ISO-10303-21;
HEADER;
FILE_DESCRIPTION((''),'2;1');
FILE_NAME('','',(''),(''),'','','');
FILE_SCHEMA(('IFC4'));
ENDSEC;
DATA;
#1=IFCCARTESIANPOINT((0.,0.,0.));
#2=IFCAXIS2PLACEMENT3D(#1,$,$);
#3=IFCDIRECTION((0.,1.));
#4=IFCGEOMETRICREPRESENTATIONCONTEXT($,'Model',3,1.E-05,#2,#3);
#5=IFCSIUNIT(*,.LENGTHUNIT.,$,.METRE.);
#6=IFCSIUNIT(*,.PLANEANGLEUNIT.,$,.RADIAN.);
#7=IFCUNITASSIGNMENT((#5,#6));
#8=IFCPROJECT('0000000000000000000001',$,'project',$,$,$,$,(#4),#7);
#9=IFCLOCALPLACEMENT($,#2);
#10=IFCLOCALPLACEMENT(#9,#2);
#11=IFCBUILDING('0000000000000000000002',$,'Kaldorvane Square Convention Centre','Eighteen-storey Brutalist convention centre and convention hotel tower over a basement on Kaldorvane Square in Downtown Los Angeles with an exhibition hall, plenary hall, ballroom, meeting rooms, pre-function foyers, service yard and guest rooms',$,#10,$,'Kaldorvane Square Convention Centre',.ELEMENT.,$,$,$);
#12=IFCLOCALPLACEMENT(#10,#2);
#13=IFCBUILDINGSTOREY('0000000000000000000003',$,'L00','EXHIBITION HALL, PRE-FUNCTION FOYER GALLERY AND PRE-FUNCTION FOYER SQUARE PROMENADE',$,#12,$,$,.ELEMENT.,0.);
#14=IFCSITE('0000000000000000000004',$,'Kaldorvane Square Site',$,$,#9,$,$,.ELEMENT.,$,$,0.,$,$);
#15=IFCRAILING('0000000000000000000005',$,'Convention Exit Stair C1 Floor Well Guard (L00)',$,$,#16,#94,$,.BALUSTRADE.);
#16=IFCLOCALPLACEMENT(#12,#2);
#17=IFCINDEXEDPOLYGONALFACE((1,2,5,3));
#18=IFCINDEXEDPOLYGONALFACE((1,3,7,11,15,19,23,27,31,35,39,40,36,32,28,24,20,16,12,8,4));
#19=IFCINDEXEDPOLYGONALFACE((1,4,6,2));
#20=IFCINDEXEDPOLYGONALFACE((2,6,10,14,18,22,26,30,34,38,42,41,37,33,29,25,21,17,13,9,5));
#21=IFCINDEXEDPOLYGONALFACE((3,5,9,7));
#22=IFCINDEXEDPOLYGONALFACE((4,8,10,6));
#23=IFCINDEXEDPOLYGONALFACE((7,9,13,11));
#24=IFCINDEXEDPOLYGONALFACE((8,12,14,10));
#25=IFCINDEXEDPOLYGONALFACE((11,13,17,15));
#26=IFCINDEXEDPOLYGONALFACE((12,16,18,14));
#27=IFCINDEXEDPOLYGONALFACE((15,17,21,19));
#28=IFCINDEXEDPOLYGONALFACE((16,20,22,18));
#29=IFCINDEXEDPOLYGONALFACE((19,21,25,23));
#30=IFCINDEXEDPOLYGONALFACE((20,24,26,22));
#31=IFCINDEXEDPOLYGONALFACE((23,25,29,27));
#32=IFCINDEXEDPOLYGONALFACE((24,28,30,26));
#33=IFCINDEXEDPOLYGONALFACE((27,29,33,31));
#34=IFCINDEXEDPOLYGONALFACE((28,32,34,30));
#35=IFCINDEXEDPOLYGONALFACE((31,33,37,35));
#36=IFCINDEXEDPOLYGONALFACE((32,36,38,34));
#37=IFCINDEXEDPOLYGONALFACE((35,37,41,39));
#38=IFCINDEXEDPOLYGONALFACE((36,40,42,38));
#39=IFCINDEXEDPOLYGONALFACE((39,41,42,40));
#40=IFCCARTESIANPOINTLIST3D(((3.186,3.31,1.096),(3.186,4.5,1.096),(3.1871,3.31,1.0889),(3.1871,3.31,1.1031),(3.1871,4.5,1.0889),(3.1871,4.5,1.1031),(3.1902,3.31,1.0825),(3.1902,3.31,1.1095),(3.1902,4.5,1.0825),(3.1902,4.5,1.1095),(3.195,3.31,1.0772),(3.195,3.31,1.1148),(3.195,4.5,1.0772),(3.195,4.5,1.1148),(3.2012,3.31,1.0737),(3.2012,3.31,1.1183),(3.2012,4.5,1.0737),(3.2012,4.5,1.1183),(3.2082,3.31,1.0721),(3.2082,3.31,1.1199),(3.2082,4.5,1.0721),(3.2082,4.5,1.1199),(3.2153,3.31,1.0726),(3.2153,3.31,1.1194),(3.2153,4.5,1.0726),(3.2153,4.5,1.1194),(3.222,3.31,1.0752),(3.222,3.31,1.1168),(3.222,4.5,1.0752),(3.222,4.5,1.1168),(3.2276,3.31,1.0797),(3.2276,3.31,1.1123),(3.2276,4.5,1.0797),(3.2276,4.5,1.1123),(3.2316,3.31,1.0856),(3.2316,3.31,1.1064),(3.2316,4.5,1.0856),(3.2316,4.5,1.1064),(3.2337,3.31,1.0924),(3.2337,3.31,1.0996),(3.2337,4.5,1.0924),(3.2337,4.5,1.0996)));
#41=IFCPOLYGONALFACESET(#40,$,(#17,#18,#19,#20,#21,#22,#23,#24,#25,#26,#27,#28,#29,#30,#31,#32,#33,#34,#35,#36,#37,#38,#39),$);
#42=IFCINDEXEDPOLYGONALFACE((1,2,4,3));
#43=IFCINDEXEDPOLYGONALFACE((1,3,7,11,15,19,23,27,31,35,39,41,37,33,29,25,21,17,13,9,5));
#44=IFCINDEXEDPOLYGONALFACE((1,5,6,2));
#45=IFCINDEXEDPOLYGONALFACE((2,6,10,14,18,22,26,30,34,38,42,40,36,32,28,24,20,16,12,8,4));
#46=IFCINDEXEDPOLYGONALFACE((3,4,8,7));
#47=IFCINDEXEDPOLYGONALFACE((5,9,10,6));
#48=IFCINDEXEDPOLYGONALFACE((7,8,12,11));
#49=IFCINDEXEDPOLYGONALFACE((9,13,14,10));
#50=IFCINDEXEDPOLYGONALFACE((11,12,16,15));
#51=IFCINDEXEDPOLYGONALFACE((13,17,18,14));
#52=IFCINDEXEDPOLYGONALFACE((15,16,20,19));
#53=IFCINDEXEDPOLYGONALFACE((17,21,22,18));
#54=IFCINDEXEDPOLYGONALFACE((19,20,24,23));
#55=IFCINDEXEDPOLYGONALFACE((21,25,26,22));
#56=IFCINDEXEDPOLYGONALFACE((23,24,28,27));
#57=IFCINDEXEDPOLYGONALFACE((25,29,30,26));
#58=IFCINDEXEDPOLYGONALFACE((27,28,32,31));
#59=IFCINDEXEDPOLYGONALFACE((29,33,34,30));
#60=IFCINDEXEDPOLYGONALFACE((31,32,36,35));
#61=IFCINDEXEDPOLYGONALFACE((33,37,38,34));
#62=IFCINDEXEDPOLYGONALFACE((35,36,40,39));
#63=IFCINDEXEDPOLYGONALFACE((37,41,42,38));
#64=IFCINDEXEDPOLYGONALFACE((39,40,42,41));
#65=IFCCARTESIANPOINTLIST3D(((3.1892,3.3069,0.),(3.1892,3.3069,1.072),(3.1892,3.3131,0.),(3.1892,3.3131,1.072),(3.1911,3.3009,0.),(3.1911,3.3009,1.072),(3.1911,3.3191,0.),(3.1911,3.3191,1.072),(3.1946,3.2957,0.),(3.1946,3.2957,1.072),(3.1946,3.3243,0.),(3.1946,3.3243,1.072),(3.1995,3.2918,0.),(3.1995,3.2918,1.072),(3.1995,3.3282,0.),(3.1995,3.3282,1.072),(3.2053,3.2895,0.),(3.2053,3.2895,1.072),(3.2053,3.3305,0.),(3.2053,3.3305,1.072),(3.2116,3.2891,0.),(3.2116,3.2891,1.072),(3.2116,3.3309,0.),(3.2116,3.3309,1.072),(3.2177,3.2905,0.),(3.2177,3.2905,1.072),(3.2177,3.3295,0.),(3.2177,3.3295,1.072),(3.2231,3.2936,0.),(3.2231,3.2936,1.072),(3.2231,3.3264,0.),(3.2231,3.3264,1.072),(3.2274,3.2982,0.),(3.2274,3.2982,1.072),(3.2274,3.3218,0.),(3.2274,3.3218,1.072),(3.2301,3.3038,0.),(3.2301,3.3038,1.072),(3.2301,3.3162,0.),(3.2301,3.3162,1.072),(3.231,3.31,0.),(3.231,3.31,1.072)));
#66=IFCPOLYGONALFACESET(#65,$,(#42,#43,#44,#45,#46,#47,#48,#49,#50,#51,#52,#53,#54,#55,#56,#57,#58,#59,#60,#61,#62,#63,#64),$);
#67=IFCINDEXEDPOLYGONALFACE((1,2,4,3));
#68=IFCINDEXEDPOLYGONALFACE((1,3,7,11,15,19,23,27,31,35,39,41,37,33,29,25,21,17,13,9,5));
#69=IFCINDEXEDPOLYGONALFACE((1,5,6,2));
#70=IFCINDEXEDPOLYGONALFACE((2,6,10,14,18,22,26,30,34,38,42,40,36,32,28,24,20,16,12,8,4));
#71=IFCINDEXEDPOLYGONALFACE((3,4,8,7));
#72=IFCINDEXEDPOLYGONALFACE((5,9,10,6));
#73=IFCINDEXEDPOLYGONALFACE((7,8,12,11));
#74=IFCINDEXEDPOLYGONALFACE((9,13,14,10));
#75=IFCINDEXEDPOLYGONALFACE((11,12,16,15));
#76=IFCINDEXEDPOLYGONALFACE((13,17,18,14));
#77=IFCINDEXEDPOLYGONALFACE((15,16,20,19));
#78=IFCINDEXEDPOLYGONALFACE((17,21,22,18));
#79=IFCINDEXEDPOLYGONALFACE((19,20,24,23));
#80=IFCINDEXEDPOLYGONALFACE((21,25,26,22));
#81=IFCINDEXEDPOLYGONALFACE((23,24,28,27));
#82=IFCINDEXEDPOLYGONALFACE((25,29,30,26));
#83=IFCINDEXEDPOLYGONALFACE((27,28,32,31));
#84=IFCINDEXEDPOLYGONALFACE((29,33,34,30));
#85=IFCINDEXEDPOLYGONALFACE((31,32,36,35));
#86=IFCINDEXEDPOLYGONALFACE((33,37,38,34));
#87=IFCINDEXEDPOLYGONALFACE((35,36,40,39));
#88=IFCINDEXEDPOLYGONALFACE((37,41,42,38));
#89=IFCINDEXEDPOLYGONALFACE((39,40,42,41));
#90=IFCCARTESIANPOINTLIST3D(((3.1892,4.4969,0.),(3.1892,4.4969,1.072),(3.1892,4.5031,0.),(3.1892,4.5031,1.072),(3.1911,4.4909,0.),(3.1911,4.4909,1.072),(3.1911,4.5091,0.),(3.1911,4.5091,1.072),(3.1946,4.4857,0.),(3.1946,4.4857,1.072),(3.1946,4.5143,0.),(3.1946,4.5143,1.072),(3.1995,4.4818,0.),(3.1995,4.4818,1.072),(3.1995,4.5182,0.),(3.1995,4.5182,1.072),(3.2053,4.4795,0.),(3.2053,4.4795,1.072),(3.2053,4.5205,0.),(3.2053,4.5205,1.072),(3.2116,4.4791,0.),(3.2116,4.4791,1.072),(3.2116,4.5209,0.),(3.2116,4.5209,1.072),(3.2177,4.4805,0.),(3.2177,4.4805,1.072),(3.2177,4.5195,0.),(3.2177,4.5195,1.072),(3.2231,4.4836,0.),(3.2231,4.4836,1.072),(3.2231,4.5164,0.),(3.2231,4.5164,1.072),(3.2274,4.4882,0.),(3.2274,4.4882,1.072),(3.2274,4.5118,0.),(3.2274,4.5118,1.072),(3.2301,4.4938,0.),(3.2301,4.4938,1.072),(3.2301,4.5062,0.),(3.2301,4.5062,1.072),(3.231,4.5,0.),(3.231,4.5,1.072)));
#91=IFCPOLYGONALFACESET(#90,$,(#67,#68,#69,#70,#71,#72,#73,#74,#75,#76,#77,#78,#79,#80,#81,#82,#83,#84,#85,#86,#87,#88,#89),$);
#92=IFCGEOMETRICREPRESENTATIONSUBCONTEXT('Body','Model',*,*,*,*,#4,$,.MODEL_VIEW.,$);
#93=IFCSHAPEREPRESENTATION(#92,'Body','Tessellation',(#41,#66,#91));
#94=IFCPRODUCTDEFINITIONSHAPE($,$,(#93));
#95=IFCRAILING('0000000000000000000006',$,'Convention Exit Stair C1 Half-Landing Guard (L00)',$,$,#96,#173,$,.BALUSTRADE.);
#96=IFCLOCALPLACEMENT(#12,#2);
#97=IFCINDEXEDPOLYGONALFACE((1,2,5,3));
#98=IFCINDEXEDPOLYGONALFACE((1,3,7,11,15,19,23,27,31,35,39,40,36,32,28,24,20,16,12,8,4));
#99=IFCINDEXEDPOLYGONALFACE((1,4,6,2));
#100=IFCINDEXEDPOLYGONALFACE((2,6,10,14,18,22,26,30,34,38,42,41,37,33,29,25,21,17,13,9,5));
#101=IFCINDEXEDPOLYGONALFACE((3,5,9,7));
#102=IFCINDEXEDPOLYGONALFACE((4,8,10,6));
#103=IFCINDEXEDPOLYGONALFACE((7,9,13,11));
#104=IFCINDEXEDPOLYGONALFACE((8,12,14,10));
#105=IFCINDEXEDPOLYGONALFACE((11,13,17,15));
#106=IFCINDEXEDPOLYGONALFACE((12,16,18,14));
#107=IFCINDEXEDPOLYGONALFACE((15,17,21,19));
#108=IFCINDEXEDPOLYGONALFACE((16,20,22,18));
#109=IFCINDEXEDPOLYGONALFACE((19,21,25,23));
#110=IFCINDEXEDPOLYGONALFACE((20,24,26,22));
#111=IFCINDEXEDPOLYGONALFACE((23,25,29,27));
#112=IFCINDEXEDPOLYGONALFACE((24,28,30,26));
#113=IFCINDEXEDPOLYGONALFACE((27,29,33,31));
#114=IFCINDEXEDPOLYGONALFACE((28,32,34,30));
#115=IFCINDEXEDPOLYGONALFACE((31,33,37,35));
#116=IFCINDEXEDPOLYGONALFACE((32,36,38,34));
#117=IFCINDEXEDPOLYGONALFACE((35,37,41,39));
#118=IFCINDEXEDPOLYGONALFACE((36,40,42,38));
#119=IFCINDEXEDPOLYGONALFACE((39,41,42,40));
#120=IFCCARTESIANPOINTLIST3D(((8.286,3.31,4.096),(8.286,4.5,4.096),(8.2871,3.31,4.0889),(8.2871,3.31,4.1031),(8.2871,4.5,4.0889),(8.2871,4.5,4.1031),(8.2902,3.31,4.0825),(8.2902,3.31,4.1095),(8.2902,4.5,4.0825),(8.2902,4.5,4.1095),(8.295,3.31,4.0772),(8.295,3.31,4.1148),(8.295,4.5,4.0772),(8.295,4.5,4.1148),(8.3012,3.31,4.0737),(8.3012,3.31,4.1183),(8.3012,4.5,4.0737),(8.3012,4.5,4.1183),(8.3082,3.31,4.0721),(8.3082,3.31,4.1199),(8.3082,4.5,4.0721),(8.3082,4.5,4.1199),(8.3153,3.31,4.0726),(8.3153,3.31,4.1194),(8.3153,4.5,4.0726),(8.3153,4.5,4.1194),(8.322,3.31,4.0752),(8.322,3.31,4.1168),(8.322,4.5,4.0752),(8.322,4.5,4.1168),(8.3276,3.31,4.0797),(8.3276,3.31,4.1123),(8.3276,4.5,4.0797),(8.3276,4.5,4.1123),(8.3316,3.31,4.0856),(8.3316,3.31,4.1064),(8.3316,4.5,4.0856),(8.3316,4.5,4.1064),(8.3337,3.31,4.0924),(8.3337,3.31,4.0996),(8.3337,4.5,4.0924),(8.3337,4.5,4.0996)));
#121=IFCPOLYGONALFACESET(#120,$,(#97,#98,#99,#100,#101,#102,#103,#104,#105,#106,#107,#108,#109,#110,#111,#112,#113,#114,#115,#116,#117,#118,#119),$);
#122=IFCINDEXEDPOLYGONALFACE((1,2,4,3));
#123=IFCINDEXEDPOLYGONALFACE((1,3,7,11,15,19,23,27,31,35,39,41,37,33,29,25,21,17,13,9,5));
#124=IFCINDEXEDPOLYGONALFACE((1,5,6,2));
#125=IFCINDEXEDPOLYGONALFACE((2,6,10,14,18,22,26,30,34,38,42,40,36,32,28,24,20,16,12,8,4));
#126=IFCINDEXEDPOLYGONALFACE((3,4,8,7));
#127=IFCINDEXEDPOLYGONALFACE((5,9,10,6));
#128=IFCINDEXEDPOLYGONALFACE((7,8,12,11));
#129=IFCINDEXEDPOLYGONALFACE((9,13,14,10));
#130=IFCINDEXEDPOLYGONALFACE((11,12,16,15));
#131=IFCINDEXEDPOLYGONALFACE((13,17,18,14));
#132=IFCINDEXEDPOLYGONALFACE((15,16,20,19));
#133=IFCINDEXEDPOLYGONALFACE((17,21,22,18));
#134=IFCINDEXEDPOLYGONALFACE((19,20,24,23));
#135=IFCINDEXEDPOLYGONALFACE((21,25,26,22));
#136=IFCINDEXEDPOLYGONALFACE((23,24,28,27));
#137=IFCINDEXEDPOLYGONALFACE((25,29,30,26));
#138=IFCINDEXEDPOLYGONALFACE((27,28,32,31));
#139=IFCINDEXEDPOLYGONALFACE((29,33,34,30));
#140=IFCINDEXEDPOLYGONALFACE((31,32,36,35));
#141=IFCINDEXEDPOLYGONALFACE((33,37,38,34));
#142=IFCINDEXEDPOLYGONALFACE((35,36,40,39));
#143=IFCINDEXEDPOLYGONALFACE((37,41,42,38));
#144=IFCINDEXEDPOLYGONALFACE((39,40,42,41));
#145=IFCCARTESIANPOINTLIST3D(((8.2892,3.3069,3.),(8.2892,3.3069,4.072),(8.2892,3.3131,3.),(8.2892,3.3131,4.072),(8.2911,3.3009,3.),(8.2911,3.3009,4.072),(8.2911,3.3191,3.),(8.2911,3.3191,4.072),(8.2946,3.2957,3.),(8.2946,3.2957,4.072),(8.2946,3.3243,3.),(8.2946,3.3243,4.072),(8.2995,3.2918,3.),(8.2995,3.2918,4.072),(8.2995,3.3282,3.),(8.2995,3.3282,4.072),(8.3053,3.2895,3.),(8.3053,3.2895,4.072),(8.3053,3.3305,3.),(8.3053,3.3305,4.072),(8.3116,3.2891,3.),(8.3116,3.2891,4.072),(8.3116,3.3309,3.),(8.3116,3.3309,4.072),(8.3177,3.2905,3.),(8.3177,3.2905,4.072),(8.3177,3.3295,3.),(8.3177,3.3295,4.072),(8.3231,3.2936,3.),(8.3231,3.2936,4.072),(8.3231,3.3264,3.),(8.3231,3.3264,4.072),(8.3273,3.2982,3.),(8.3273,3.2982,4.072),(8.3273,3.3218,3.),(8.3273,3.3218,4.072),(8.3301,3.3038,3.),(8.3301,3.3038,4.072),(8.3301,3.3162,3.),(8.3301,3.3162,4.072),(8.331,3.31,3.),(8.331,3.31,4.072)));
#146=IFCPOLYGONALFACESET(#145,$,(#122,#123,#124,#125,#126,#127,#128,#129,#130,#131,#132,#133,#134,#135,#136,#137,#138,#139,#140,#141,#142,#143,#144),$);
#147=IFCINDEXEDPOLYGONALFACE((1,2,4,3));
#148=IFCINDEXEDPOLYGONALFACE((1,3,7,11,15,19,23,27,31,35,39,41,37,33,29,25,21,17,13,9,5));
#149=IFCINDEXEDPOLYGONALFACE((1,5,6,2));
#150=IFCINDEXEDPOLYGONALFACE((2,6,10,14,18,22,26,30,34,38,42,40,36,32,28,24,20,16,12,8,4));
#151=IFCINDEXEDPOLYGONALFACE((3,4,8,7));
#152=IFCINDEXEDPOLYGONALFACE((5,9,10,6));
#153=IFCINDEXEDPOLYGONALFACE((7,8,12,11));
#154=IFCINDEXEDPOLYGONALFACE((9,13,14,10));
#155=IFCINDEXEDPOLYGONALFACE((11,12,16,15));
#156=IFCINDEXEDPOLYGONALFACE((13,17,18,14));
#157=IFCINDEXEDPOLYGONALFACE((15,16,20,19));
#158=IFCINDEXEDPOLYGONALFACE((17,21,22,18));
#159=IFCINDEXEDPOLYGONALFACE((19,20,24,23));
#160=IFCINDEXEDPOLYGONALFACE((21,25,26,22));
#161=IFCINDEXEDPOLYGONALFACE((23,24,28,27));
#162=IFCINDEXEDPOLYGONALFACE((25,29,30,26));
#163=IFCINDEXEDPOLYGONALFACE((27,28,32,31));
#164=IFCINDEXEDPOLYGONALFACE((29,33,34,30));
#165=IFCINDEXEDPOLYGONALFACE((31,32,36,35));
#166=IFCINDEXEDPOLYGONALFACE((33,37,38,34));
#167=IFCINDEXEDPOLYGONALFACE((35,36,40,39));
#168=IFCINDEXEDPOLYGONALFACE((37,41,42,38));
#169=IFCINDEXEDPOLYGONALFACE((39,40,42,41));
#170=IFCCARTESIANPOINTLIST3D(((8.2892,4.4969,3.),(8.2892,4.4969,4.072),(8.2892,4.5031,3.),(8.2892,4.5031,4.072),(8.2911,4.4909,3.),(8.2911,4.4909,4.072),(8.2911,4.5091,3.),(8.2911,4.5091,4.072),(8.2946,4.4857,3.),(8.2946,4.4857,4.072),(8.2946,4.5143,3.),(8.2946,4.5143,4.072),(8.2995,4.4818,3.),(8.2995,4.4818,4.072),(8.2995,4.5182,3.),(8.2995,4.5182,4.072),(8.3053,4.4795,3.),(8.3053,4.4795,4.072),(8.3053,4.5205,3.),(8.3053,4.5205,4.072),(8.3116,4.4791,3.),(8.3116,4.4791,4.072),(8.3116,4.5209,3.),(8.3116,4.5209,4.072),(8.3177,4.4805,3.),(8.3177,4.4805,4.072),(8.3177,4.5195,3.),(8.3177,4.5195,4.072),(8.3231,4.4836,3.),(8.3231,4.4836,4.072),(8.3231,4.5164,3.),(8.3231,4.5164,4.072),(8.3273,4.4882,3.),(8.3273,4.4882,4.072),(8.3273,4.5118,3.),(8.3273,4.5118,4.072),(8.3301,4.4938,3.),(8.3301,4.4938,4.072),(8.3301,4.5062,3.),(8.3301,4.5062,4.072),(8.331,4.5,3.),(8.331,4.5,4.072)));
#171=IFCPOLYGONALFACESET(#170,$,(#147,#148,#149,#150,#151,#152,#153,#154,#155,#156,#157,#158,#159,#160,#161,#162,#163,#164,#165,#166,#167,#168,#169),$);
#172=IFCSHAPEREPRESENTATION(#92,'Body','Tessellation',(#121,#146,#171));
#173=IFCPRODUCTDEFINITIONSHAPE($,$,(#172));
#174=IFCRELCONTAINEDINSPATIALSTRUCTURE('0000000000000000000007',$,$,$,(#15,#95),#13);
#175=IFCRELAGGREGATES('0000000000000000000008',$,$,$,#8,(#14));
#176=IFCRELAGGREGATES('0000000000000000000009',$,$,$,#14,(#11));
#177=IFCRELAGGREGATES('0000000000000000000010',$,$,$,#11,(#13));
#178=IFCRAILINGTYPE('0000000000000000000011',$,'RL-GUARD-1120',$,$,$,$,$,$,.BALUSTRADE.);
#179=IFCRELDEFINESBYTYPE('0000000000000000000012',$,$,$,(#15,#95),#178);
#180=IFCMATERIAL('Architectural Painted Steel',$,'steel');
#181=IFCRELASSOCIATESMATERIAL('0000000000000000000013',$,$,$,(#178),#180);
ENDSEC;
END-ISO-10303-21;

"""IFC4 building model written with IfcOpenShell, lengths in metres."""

from ifc_helpers import new_model, si_unit, direction, frame, origin, origin_2d, place, context, subcontext, project, spatial, circle, extrude, material, type_object, element, save


model = new_model("IFC4")

# Units and contexts
model_context = context("Model", 3, precision=1e-05, world=origin(), true_north=direction((0.0, 1.0)))
body_context = subcontext(model_context, "Body", "Model", "MODEL_VIEW")
ifc_project = project(units=[si_unit("LENGTHUNIT", "METRE"), si_unit("PLANEANGLEUNIT", "RADIAN")], contexts=[model_context])

# Site, building, storey
site_placement = place(None, origin())
site = spatial("IfcSite", under=ifc_project, at=site_placement, Name="Kaldorvane Square Site", CompositionType="ELEMENT", RefElevation=0.0)
building_placement = place(site_placement, origin())
building = spatial("IfcBuilding", under=site, at=building_placement, Name="Kaldorvane Square Convention Centre", Description="Eighteen-storey Brutalist convention centre and convention hotel tower over a basement on Kaldorvane Square in Downtown Los Angeles with an exhibition hall, plenary hall, ballroom, meeting rooms, pre-function foyers, service yard and guest rooms", LongName="Kaldorvane Square Convention Centre", CompositionType="ELEMENT")
storey_placement = place(building_placement, origin())
storey = spatial("IfcBuildingStorey", under=building, at=storey_placement, Name="L00", Description="EXHIBITION HALL, PRE-FUNCTION FOYER GALLERY AND PRE-FUNCTION FOYER SQUARE PROMENADE", CompositionType="ELEMENT", Elevation=0.0)

# Railings
ifc_material_1 = material(Name="Architectural Painted Steel", Category="steel")
railing_type_1 = type_object("IfcRailingType", Name="RL-GUARD-1120", PredefinedType="BALUSTRADE", material=ifc_material_1)
for number, where, name in (
    (1, (3.21, 3.31, 0.0), "Convention Exit Stair C1 Floor Well Guard (L00)"),
    (2, (8.31, 3.31, 3.0), "Convention Exit Stair C1 Half-Landing Guard (L00)"),
):
    element("IfcRailing", number, at=place(storey_placement, frame(where)), inside=storey, type_object=railing_type_1, Name=name, PredefinedType="BALUSTRADE", context=body_context, shape_type="SweptSolid", body=[
        extrude(circle(Radius=0.024, at=origin_2d()), frame((0.0, 0.0, 1.096), z_axis=(0.0, 1.0, 0.0), x_axis=(-1.0, 0.0, 0.0)), (0.0, 0.0, 1.0), 1.19),
        extrude(circle(Radius=0.021, at=origin_2d()), origin(), (0.0, 0.0, 1.0), 1.072),
        extrude(circle(Radius=0.021, at=origin_2d()), frame((0.0, 1.19, 0.0)), (0.0, 0.0, 1.0), 1.072),
    ])

save(model, "model.ifc")
